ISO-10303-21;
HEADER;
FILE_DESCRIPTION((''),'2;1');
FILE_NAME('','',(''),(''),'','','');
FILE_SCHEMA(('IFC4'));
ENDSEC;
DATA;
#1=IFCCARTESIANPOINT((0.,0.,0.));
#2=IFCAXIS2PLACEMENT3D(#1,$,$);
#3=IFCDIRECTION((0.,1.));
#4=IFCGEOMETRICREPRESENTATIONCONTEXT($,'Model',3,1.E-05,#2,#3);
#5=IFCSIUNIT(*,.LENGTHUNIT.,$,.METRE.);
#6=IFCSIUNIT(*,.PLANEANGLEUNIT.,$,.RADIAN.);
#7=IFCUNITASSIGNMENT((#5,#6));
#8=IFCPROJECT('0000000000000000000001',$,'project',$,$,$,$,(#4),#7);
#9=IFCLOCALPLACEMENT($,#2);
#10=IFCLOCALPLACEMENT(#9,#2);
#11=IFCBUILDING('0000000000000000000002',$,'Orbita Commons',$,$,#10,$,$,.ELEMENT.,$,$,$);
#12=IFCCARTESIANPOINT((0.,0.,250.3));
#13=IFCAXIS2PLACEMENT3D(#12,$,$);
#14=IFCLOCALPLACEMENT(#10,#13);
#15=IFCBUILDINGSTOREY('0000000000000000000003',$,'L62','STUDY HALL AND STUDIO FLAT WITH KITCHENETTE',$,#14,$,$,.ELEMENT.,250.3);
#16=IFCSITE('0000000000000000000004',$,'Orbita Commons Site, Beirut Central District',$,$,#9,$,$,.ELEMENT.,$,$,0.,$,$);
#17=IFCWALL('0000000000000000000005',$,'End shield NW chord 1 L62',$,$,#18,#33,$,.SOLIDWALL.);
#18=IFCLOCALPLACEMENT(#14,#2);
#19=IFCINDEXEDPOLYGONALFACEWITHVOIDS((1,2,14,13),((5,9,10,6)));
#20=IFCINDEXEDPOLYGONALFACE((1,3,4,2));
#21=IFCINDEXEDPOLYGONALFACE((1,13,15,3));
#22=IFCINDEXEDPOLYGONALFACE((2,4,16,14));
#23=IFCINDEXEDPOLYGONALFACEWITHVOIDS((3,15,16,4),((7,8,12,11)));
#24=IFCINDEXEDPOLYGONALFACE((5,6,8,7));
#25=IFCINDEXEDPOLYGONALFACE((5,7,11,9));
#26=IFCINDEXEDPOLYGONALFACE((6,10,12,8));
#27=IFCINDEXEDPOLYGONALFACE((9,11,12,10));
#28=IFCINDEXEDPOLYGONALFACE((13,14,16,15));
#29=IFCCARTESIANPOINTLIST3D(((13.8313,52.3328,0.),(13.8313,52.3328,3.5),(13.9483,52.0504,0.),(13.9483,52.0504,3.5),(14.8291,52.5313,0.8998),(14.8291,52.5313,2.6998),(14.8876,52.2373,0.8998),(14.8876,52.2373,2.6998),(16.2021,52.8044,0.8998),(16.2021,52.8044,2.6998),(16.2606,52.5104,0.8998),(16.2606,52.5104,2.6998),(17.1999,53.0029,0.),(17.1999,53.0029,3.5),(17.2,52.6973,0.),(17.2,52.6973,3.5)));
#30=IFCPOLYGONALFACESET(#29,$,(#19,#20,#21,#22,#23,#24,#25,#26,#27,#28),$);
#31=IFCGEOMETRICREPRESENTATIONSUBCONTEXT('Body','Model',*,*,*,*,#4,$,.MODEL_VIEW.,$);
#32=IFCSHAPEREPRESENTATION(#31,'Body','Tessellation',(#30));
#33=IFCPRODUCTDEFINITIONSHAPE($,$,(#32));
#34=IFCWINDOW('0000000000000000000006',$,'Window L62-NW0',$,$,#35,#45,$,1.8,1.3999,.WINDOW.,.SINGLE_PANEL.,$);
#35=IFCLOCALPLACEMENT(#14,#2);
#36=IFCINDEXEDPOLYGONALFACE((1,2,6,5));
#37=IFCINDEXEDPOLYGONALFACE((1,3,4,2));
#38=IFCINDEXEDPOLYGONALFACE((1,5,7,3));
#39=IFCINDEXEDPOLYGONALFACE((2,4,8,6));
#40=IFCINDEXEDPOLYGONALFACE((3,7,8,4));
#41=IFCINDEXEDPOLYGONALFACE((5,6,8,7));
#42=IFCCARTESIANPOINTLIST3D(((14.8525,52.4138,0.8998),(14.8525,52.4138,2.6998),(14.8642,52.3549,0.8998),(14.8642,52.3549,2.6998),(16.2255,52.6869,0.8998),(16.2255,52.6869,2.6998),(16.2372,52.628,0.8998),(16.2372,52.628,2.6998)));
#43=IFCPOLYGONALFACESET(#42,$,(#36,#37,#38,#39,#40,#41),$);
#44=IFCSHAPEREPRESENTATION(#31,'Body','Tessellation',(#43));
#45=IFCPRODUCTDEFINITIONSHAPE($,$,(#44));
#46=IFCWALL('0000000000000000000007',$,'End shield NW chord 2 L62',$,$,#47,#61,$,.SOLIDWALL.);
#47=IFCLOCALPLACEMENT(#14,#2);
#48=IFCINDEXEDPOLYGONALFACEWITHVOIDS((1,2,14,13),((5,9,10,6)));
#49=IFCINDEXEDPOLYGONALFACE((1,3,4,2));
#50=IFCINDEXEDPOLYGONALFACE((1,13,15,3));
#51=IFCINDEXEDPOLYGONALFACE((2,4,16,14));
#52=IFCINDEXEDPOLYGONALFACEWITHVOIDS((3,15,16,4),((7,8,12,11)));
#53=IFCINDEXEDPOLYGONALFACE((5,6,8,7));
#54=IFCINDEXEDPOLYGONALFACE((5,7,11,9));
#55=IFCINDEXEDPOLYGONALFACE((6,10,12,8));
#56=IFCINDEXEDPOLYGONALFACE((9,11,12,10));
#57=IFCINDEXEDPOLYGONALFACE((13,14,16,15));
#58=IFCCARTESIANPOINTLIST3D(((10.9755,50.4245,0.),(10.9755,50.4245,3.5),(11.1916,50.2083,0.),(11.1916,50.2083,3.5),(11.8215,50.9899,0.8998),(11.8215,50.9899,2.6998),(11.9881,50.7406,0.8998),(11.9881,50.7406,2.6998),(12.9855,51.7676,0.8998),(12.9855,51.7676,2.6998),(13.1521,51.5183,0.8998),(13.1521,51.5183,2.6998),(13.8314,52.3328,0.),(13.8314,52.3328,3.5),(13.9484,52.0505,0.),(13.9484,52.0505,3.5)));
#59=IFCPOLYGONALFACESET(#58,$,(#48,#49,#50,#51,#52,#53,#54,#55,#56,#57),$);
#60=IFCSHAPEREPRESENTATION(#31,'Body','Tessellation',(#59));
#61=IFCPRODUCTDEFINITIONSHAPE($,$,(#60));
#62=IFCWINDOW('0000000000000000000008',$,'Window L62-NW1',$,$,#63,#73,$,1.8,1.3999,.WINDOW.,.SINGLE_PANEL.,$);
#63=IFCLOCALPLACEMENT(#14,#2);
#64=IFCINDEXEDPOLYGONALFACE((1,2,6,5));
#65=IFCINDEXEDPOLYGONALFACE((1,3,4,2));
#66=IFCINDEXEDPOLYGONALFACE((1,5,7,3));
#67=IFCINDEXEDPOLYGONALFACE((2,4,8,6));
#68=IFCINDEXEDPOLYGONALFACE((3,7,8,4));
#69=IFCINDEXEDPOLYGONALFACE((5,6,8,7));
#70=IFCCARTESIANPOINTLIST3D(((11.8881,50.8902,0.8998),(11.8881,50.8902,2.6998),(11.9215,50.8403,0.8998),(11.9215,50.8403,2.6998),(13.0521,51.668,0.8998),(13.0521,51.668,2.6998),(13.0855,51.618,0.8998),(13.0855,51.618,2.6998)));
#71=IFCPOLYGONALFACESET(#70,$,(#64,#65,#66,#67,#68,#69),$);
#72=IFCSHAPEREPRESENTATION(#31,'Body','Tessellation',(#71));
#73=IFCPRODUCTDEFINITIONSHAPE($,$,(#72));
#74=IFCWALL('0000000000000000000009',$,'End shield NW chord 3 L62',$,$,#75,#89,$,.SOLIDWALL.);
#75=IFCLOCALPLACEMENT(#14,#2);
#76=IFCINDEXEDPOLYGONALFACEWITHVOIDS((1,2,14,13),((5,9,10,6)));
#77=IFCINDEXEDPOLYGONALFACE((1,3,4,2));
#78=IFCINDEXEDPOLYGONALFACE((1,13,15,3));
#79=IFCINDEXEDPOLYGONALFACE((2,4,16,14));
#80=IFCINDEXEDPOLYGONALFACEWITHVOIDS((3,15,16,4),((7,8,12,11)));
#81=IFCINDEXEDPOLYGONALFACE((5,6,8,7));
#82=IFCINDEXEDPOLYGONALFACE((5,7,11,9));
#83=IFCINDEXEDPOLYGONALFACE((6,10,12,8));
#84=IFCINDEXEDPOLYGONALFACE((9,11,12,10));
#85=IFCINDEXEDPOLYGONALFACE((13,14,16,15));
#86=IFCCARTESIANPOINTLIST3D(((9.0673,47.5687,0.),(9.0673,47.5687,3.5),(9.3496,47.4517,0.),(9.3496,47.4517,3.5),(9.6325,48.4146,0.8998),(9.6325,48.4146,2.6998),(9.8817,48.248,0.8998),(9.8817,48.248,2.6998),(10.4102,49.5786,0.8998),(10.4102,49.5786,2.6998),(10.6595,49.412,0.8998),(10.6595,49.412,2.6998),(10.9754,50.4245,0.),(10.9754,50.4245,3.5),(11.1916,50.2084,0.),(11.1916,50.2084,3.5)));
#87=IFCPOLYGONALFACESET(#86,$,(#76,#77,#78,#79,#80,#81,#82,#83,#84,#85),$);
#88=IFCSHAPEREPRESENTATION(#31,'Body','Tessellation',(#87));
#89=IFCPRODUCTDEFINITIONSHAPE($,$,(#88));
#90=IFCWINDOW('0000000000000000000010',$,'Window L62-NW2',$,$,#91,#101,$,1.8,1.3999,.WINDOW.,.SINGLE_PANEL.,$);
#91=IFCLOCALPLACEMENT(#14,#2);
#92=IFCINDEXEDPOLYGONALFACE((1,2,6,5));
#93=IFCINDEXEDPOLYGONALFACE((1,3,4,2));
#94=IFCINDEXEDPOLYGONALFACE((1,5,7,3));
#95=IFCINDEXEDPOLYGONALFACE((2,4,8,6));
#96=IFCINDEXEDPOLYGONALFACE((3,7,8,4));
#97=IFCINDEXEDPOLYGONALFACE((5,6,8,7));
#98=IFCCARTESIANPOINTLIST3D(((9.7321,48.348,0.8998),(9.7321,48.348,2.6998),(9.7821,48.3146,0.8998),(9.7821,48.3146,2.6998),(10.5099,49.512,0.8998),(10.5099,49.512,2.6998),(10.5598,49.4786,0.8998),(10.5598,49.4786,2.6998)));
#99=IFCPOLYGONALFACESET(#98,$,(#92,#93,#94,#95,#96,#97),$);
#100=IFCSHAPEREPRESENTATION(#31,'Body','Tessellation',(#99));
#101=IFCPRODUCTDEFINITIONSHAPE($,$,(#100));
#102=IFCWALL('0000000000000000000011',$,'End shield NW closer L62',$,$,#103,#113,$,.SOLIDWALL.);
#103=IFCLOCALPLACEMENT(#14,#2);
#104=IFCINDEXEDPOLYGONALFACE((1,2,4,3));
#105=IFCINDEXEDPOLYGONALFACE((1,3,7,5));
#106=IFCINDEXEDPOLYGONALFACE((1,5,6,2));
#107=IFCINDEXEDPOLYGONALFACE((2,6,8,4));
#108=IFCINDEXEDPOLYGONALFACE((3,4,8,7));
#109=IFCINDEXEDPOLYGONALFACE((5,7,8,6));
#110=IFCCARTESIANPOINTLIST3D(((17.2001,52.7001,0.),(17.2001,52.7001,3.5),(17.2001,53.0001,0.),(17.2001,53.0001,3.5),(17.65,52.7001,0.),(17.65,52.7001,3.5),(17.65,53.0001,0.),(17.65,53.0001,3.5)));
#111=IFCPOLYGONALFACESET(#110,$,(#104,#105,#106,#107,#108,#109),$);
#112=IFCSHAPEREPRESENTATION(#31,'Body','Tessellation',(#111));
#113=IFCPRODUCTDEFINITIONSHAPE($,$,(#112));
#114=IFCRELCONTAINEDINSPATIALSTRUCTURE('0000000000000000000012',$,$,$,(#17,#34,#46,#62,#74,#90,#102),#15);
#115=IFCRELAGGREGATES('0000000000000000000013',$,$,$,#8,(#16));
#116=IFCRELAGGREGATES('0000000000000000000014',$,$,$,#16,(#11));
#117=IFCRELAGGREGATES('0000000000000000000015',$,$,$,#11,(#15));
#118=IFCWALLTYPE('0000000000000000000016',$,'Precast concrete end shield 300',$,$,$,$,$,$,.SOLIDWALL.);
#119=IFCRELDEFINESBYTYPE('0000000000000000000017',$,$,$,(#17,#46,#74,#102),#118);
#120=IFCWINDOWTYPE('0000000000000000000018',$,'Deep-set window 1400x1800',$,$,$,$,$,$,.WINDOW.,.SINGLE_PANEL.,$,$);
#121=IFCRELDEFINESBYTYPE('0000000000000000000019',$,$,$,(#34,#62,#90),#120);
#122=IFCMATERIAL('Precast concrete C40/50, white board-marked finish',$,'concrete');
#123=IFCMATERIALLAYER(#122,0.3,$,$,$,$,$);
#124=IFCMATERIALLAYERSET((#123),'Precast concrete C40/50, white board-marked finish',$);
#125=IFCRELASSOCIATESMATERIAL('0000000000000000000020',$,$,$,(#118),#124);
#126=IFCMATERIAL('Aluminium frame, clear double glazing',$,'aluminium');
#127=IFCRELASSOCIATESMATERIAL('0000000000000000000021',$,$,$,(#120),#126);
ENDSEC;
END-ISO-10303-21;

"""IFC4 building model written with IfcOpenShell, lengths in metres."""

from ifc_helpers import new_model, si_unit, direction, frame, frame_2d, origin, place, context, subcontext, project, spatial, polyline, rectangle, outline, extrude, material, layer, layer_set, type_object, element, fill, save


model = new_model("IFC4")

# Units and contexts
model_context = context("Model", 3, precision=1e-05, world=origin(), true_north=direction((0.0, 1.0)))
body_context = subcontext(model_context, "Body", "Model", "MODEL_VIEW")
ifc_project = project(units=[si_unit("LENGTHUNIT", "METRE"), si_unit("PLANEANGLEUNIT", "RADIAN")], contexts=[model_context])

# Site, building, storey
site_placement = place(None, origin())
site = spatial("IfcSite", under=ifc_project, at=site_placement, Name="Orbita Commons Site, Beirut Central District", CompositionType="ELEMENT", RefElevation=0.0)
building_placement = place(site_placement, origin())
building = spatial("IfcBuilding", under=site, at=building_placement, Name="Orbita Commons", CompositionType="ELEMENT")
storey_placement = place(building_placement, frame((0.0, 0.0, 250.3)))
storey = spatial("IfcBuildingStorey", under=building, at=storey_placement, Name="L62", Description="STUDY HALL AND STUDIO FLAT WITH KITCHENETTE", CompositionType="ELEMENT", Elevation=250.3)

# Walls, openings, windows
ifc_material_1 = material(Name="Precast concrete C40/50, white board-marked finish", Category="concrete")
ifc_layer_1 = layer(ifc_material_1, 0.3)
ifc_layer_set_1 = layer_set([ifc_layer_1], Name="Precast concrete C40/50, white board-marked finish")
wall_type_1 = type_object("IfcWallType", Name="Precast concrete end shield 300", PredefinedType="SOLIDWALL", material=ifc_layer_set_1)
wall_1_placement = place(storey_placement, frame((17.2, 52.8501, 0.0), z_axis=(0.0, 0.0, 1.0), x_axis=(-0.980783, -0.1951, 0.0)))
wall_1 = element("IfcWall", 1, at=wall_1_placement, inside=storey, type_object=wall_type_1, Name="End shield NW chord 1 L62", PredefinedType="SOLIDWALL", context=body_context, shape_type="SweptSolid", body=[
    extrude(outline(polyline([(-0.0298, -0.1499), (3.4048, -0.1499), (3.3452, 0.1499), (0.0298, 0.1499), (-0.0298, -0.1499)])), origin(), (0.0, 0.0, 1.0), 3.5),
])
opening_1_placement = place(wall_1_placement, frame((0.9875, 0.0, 0.8999)))
opening_1 = element("IfcOpeningElement", 2, at=opening_1_placement, cuts=wall_1, PredefinedType="OPENING", context=body_context, shape_type="SweptSolid", body=[
    extrude(rectangle(XDim=1.3999, YDim=1.8, at=frame_2d((0.7, 0.8999))), frame((0.0, 0.1599, 0.0), z_axis=(0.0, -1.0, 0.0), x_axis=(1.0, 0.0, 0.0)), (0.0, 0.0, 1.0), 0.3201),
])
ifc_material_2 = material(Name="Aluminium frame, clear double glazing", Category="aluminium")
window_type = type_object("IfcWindowType", Name="Deep-set window 1400x1800", PartitioningType="SINGLE_PANEL", PredefinedType="WINDOW", material=ifc_material_2)
window_1_placement = place(opening_1_placement, origin())
window_1 = element("IfcWindow", 3, at=window_1_placement, inside=storey, type_object=window_type, Name="Window L62-NW0", OverallHeight=1.8, OverallWidth=1.3999, PartitioningType="SINGLE_PANEL", PredefinedType="WINDOW", context=body_context, shape_type="SweptSolid", body=[
    extrude(rectangle(XDim=1.3999, YDim=1.8, at=frame_2d((0.7, 0.8999))), frame((0.0, 0.03, 0.0), z_axis=(0.0, -1.0, 0.0), x_axis=(1.0, 0.0, 0.0)), (0.0, 0.0, 1.0), 0.0601),
])
fill(opening_1, window_1)
wall_2_placement = place(storey_placement, frame((13.8899, 52.1917, 0.0), z_axis=(0.0, 0.0, 1.0), x_axis=(-0.83146, -0.555585, 0.0)))
wall_2 = element("IfcWall", 4, at=wall_2_placement, inside=storey, type_object=wall_type_1, Name="End shield NW chord 2 L62", PredefinedType="SOLIDWALL", context=body_context, shape_type="SweptSolid", body=[
    extrude(outline(polyline([(-0.0298, -0.1499), (3.405, -0.1499), (3.3455, 0.1499), (0.0298, 0.1499), (-0.0298, -0.1499)])), origin(), (0.0, 0.0, 1.0), 3.5),
])
opening_2_placement = place(wall_2_placement, frame((0.9875, 0.0, 0.8999)))
opening_2 = element("IfcOpeningElement", 5, at=opening_2_placement, cuts=wall_2, PredefinedType="OPENING", context=body_context, shape_type="SweptSolid", body=[
    extrude(rectangle(XDim=1.3999, YDim=1.8, at=frame_2d((0.7, 0.8999))), frame((0.0, 0.1599, 0.0), z_axis=(0.0, -1.0, 0.0), x_axis=(1.0, 0.0, 0.0)), (0.0, 0.0, 1.0), 0.3201),
])
window_2_placement = place(opening_2_placement, origin())
window_2 = element("IfcWindow", 6, at=window_2_placement, inside=storey, type_object=window_type, Name="Window L62-NW1", OverallHeight=1.8, OverallWidth=1.3999, PartitioningType="SINGLE_PANEL", PredefinedType="WINDOW", context=body_context, shape_type="SweptSolid", body=[
    extrude(rectangle(XDim=1.3999, YDim=1.8, at=frame_2d((0.7, 0.8999))), frame((0.0, 0.03, 0.0), z_axis=(0.0, -1.0, 0.0), x_axis=(1.0, 0.0, 0.0)), (0.0, 0.0, 1.0), 0.0601),
])
fill(opening_2, window_2)
wall_3_placement = place(storey_placement, frame((11.0835, 50.3164, 0.0), z_axis=(0.0, 0.0, 1.0), x_axis=(-0.555568, -0.831471, 0.0)))
wall_3 = element("IfcWall", 7, at=wall_3_placement, inside=storey, type_object=wall_type_1, Name="End shield NW chord 3 L62", PredefinedType="SOLIDWALL", context=body_context, shape_type="SweptSolid", body=[
    extrude(outline(polyline([(-0.0298, -0.1499), (3.4048, -0.1499), (3.3452, 0.1499), (0.0298, 0.1499), (-0.0298, -0.1499)])), origin(), (0.0, 0.0, 1.0), 3.5),
])
opening_3_placement = place(wall_3_placement, frame((0.9875, 0.0, 0.8999)))
opening_3 = element("IfcOpeningElement", 8, at=opening_3_placement, cuts=wall_3, PredefinedType="OPENING", context=body_context, shape_type="SweptSolid", body=[
    extrude(rectangle(XDim=1.3999, YDim=1.8, at=frame_2d((0.7, 0.8999))), frame((0.0, 0.1599, 0.0), z_axis=(0.0, -1.0, 0.0), x_axis=(1.0, 0.0, 0.0)), (0.0, 0.0, 1.0), 0.3201),
])
window_3_placement = place(opening_3_placement, origin())
window_3 = element("IfcWindow", 9, at=window_3_placement, inside=storey, type_object=window_type, Name="Window L62-NW2", OverallHeight=1.8, OverallWidth=1.3999, PartitioningType="SINGLE_PANEL", PredefinedType="WINDOW", context=body_context, shape_type="SweptSolid", body=[
    extrude(rectangle(XDim=1.3999, YDim=1.8, at=frame_2d((0.7, 0.8999))), frame((0.0, 0.03, 0.0), z_axis=(0.0, -1.0, 0.0), x_axis=(1.0, 0.0, 0.0)), (0.0, 0.0, 1.0), 0.0601),
])
fill(opening_3, window_3)

# Wall
wall_4_placement = place(storey_placement, frame((17.2, 52.8501, 0.0), z_axis=(0.0, 0.0, 1.0), x_axis=(1.0, 0.0, 0.0)))
element("IfcWall", 10, at=wall_4_placement, inside=storey, type_object=wall_type_1, Name="End shield NW closer L62", PredefinedType="SOLIDWALL", context=body_context, shape_type="SweptSolid", body=[
    extrude(rectangle(XDim=0.45, YDim=0.3, at=frame_2d((0.2251, 0.0))), origin(), (0.0, 0.0, 1.0), 3.5),
])

save(model, "model.ifc")
